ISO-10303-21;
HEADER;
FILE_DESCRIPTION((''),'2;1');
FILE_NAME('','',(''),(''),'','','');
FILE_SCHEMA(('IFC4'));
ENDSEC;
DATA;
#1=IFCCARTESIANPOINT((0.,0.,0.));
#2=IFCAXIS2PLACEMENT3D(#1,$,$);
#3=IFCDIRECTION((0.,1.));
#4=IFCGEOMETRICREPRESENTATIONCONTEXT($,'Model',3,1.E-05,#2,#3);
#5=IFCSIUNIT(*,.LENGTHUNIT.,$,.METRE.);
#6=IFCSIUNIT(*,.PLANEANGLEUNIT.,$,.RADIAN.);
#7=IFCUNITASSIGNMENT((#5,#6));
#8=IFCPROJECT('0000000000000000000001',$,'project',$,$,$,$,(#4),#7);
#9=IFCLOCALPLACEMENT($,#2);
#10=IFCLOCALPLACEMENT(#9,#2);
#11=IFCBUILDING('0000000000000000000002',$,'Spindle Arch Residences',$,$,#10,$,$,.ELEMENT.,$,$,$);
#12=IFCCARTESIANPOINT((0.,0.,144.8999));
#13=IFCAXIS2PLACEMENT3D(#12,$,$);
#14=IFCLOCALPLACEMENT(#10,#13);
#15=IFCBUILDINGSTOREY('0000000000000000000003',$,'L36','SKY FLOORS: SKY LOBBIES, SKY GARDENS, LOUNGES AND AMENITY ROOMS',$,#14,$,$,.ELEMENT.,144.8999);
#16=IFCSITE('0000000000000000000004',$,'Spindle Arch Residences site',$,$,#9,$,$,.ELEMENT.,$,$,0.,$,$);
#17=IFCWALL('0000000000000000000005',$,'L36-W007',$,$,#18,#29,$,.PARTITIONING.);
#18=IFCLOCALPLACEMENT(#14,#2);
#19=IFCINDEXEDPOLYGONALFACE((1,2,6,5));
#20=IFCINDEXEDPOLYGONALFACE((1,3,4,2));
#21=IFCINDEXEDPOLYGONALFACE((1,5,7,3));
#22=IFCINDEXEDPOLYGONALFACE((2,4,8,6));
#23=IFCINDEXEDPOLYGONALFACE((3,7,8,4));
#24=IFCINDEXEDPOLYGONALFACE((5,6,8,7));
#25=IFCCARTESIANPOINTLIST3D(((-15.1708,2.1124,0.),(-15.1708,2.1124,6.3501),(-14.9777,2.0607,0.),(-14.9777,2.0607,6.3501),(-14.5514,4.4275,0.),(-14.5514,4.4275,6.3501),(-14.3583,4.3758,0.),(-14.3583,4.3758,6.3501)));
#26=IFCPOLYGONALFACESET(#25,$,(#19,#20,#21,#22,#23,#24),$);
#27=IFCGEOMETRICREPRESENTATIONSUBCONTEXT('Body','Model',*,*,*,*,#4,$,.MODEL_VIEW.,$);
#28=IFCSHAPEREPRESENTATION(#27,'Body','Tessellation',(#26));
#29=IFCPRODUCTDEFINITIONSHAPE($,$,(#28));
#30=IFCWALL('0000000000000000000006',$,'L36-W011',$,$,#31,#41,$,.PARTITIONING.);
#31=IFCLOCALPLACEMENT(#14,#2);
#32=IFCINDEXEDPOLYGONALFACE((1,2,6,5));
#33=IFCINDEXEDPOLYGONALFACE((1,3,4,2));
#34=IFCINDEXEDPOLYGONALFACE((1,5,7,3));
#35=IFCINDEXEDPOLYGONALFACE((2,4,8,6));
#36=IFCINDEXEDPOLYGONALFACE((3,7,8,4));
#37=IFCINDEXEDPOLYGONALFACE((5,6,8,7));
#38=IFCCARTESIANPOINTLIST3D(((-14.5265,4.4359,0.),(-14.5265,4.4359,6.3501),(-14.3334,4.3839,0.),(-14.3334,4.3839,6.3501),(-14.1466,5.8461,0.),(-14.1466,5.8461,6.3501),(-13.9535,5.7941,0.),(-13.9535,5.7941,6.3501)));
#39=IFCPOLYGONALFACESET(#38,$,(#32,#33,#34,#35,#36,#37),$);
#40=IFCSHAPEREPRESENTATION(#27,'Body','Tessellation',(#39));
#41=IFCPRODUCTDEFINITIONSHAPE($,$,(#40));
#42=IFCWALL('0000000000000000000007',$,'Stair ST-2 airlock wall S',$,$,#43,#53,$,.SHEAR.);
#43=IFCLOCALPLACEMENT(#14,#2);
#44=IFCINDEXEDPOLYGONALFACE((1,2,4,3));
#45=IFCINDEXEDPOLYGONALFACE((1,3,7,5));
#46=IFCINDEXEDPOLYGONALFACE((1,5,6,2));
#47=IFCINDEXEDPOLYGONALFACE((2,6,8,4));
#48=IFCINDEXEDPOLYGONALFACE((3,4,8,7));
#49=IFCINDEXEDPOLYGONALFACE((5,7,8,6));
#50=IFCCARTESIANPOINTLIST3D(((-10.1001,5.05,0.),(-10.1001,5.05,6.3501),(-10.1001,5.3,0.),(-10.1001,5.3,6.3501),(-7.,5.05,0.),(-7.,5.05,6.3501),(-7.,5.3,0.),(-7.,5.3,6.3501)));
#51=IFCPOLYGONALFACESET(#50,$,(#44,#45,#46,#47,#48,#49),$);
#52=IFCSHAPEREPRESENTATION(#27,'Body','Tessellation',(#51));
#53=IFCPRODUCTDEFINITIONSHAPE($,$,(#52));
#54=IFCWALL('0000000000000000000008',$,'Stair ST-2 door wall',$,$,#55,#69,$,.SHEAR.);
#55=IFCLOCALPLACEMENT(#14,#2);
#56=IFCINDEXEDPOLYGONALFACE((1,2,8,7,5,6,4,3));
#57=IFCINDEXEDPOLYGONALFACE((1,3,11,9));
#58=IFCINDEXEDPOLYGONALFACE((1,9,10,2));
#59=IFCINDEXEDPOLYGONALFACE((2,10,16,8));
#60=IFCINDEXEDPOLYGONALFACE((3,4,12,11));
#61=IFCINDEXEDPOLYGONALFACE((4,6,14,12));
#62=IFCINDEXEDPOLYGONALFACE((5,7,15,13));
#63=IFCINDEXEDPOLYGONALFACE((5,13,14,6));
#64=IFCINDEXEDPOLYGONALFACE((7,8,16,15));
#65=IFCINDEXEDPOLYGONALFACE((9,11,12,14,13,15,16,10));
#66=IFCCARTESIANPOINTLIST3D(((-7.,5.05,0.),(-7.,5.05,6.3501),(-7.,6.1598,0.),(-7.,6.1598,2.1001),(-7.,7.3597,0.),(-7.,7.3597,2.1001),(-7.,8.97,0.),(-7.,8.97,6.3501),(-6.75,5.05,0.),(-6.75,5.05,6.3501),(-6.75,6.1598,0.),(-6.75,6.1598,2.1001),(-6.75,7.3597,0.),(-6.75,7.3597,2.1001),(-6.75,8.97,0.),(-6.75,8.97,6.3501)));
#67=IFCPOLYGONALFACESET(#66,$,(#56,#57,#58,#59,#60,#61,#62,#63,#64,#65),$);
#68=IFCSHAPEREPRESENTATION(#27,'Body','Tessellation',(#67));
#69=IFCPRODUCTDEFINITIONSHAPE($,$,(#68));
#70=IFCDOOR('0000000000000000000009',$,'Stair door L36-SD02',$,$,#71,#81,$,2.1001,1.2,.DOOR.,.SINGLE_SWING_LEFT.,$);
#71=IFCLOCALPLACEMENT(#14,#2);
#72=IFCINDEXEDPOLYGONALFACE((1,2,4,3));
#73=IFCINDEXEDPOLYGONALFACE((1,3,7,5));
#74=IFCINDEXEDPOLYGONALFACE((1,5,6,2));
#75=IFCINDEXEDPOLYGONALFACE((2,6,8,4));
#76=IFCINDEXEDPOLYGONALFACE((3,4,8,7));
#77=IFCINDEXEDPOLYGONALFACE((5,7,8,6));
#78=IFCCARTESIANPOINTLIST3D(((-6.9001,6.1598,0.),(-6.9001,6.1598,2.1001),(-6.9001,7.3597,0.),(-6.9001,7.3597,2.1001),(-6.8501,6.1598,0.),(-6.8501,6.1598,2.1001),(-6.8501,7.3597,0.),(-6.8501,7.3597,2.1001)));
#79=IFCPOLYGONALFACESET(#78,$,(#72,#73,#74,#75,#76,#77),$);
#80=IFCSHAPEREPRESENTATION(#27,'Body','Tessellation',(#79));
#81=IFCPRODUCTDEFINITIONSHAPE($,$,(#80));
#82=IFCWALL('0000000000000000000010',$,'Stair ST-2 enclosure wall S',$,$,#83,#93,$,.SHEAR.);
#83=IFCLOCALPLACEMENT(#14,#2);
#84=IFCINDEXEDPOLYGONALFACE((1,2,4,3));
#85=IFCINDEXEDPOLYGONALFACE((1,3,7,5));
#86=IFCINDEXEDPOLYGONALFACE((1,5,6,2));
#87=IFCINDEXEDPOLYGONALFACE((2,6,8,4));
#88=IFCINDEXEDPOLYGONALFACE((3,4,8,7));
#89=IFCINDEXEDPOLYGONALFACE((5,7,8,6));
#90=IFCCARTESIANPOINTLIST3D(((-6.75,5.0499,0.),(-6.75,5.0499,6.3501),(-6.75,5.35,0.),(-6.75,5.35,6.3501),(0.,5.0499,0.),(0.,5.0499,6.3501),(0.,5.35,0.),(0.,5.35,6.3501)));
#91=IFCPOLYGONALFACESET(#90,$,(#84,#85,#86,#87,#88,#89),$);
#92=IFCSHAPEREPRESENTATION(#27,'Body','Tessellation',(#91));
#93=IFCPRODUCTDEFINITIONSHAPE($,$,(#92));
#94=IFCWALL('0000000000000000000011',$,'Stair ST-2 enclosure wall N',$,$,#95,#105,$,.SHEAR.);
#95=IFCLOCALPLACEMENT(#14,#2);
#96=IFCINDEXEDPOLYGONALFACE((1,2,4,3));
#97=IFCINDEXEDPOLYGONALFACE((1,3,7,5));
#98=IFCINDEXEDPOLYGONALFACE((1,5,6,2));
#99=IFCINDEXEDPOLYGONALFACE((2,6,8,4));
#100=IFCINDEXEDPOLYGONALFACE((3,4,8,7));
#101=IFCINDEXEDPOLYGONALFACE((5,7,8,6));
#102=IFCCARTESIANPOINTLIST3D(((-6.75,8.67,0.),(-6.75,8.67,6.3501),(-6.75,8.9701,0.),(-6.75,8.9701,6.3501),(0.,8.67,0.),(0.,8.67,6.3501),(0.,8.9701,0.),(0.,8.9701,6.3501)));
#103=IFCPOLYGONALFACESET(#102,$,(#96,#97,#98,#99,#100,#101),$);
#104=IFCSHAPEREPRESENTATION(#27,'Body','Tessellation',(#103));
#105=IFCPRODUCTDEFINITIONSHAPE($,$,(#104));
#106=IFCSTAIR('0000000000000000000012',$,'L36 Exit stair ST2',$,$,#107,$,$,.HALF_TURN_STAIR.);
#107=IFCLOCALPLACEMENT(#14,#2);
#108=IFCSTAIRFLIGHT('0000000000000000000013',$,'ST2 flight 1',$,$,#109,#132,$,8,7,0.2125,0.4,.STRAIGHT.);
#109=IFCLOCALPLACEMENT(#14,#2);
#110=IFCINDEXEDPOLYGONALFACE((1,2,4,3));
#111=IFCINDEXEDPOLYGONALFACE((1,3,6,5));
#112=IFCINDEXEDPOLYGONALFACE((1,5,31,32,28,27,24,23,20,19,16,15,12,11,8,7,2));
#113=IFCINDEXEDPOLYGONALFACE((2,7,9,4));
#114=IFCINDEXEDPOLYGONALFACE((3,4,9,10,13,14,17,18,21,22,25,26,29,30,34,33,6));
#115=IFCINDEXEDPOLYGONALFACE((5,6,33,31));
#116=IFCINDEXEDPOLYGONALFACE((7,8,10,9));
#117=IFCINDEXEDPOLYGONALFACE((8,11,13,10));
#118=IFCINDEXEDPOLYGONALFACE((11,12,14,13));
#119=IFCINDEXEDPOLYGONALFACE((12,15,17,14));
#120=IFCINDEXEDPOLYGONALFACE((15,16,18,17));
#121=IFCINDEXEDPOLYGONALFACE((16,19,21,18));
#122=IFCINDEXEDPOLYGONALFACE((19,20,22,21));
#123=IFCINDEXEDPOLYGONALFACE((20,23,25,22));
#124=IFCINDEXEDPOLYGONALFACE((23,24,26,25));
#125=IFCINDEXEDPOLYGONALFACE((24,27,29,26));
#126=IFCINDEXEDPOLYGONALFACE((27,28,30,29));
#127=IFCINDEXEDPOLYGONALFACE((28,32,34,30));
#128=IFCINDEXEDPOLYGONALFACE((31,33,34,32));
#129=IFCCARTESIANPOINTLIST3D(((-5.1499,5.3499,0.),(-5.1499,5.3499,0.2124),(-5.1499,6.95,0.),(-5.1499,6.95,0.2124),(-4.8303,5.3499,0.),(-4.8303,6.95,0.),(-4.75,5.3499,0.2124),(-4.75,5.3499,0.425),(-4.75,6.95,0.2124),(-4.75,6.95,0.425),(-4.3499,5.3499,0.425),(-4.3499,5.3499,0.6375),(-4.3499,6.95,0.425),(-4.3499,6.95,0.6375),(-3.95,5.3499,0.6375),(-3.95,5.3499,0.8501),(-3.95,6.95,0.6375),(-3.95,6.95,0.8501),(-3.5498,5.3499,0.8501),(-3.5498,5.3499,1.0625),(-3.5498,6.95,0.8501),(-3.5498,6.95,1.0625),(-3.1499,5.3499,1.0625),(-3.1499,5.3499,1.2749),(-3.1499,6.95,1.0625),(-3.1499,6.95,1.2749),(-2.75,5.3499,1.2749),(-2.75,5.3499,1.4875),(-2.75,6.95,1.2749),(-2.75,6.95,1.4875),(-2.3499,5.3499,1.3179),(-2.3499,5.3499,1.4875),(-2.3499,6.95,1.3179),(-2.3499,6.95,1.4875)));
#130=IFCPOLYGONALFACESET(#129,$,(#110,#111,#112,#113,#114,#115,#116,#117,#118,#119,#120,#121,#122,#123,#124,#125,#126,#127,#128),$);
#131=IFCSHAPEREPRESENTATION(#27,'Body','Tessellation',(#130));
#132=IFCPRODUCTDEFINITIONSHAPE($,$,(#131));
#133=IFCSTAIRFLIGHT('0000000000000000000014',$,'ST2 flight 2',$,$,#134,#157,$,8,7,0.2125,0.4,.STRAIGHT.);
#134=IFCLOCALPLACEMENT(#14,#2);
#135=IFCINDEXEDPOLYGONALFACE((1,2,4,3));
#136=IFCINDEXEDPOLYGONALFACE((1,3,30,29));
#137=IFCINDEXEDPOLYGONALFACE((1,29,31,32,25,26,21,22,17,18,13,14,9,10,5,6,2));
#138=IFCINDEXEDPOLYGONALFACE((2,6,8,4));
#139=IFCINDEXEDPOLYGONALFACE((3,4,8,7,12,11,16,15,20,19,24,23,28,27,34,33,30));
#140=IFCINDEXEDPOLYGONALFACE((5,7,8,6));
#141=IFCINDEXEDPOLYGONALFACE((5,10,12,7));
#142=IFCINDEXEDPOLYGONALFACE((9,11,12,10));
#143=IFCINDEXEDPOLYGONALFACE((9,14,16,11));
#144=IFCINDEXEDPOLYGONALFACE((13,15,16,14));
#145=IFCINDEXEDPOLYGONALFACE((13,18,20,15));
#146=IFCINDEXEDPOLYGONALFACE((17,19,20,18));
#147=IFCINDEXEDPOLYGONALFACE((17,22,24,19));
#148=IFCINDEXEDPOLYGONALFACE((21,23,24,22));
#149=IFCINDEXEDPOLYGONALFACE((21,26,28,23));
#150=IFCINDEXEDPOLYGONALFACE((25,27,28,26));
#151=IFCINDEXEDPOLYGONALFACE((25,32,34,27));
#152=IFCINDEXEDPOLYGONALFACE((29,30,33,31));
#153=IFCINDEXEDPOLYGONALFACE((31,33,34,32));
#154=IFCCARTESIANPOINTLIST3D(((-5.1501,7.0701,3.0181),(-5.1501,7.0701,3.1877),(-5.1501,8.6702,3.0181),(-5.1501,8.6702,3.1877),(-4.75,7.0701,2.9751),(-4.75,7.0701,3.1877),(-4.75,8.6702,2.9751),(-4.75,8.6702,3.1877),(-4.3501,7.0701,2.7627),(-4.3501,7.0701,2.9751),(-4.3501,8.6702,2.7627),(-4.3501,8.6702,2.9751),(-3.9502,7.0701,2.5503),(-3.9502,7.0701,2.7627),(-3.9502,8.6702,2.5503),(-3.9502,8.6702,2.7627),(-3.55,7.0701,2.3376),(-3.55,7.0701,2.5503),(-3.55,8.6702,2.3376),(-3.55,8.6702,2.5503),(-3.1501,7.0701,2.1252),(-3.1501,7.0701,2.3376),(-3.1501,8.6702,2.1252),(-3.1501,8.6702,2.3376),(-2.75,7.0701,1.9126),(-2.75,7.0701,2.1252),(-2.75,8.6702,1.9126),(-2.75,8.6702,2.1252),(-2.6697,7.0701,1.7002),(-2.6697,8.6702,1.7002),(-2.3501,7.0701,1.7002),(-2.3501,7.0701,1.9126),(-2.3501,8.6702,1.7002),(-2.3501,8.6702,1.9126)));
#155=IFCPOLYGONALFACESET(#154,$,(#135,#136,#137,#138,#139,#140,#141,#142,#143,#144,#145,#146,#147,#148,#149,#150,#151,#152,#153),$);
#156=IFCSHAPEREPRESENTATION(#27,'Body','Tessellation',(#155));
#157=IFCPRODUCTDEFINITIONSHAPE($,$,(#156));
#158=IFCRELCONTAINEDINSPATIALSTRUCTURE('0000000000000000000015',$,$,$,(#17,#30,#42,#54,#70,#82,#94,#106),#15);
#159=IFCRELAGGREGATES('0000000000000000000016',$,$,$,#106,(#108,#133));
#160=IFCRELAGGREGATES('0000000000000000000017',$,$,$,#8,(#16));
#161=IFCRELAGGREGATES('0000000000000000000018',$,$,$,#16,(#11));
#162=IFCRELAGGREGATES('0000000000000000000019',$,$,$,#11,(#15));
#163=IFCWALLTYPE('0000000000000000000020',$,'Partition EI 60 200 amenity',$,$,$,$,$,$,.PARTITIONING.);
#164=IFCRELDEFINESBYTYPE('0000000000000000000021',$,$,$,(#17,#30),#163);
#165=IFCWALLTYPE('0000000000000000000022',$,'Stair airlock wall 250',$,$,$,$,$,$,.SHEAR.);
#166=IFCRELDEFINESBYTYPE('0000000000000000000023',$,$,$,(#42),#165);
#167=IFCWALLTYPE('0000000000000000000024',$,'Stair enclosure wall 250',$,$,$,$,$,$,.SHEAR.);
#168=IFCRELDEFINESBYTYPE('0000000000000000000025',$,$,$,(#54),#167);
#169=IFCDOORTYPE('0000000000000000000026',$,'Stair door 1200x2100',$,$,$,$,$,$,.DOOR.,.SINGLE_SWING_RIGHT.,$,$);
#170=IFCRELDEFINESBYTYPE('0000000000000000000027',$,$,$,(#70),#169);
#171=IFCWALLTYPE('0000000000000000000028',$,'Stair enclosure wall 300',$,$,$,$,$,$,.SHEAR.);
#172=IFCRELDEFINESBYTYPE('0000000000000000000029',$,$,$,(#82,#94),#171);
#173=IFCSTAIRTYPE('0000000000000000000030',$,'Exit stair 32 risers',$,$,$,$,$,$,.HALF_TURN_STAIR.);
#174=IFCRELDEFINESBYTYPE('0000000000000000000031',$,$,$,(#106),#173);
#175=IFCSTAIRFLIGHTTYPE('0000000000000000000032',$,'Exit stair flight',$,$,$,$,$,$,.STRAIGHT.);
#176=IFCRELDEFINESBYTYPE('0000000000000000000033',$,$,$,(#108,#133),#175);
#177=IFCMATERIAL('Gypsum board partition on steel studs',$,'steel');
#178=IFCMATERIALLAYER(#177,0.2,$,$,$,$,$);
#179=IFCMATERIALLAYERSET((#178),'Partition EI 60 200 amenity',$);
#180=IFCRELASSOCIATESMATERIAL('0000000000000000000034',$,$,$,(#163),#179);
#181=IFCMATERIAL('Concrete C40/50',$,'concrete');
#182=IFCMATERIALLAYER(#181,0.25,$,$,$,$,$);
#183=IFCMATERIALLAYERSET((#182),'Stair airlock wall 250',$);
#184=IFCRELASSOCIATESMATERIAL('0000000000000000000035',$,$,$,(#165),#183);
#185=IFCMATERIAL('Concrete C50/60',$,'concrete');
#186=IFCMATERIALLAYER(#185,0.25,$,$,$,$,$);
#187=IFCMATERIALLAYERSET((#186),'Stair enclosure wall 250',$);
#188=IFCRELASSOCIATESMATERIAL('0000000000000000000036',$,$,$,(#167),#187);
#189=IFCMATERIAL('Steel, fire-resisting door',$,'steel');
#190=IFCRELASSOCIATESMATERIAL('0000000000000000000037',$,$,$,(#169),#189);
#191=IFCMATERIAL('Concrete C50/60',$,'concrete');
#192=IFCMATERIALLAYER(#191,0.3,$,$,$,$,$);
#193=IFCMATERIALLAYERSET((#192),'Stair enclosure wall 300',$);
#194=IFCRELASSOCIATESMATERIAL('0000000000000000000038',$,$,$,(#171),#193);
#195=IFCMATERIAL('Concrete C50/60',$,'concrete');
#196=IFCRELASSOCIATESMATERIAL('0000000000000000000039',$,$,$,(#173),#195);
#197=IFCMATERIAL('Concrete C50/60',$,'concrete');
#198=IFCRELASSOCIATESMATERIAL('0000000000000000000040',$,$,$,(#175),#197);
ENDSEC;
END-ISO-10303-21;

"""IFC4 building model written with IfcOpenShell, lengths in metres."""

from ifc_helpers import new_model, si_unit, direction, frame, frame_2d, origin, place, context, subcontext, project, spatial, polyline, rectangle, outline, extrude, material, layer, layer_set, type_object, element, fill, aggregate, save


model = new_model("IFC4")

# Units and contexts
model_context = context("Model", 3, precision=1e-05, world=origin(), true_north=direction((0.0, 1.0)))
body_context = subcontext(model_context, "Body", "Model", "MODEL_VIEW")
ifc_project = project(units=[si_unit("LENGTHUNIT", "METRE"), si_unit("PLANEANGLEUNIT", "RADIAN")], contexts=[model_context])

# Site, building, storey
site_placement = place(None, origin())
site = spatial("IfcSite", under=ifc_project, at=site_placement, Name="Spindle Arch Residences site", CompositionType="ELEMENT", RefElevation=0.0)
building_placement = place(site_placement, origin())
building = spatial("IfcBuilding", under=site, at=building_placement, Name="Spindle Arch Residences", CompositionType="ELEMENT")
storey_placement = place(building_placement, frame((0.0, 0.0, 144.8999)))
storey = spatial("IfcBuildingStorey", under=building, at=storey_placement, Name="L36", Description="SKY FLOORS: SKY LOBBIES, SKY GARDENS, LOUNGES AND AMENITY ROOMS", CompositionType="ELEMENT", Elevation=144.8999)

# Shared definitions
ifc_material_1 = material(Name="Gypsum board partition on steel studs", Category="steel")
ifc_layer_1 = layer(ifc_material_1, 0.2)
ifc_layer_set_1 = layer_set([ifc_layer_1], Name="Partition EI 60 200 amenity")
wall_type_1 = type_object("IfcWallType", Name="Partition EI 60 200 amenity", PredefinedType="PARTITIONING", material=ifc_layer_set_1)

# Walls
wall_1_placement = place(storey_placement, frame((-14.4548, 4.4016, 0.0), z_axis=(0.0, 0.0, 1.0), x_axis=(-0.258468, -0.96602, 0.0)))
element("IfcWall", 1, at=wall_1_placement, inside=storey, type_object=wall_type_1, Name="L36-W007", PredefinedType="PARTITIONING", context=body_context, shape_type="SweptSolid", body=[
    extrude(rectangle(XDim=2.3965, YDim=0.2, at=frame_2d((1.1982, 0.0))), origin(), (0.0, 0.0, 1.0), 6.3501),
])
wall_2_placement = place(storey_placement, frame((-14.05, 5.8201, 0.0), z_axis=(0.0, 0.0, 1.0), x_axis=(-0.260117, -0.965577, 0.0)))
element("IfcWall", 2, at=wall_2_placement, inside=storey, type_object=wall_type_1, Name="L36-W011", PredefinedType="PARTITIONING", context=body_context, shape_type="SweptSolid", body=[
    extrude(rectangle(XDim=1.4604, YDim=0.2, at=frame_2d((0.7302, 0.0))), origin(), (0.0, 0.0, 1.0), 6.3501),
])
ifc_material_2 = material(Name="Concrete C40/50", Category="concrete")
ifc_layer_2 = layer(ifc_material_2, 0.25)
ifc_layer_set_2 = layer_set([ifc_layer_2], Name="Stair airlock wall 250")
wall_type_2 = type_object("IfcWallType", Name="Stair airlock wall 250", PredefinedType="SHEAR", material=ifc_layer_set_2)
wall_3_placement = place(storey_placement, frame((-7.0, 5.175, 0.0), z_axis=(0.0, 0.0, 1.0), x_axis=(-1.0, 0.0, 0.0)))
element("IfcWall", 3, at=wall_3_placement, inside=storey, type_object=wall_type_2, Name="Stair ST-2 airlock wall S", PredefinedType="SHEAR", context=body_context, shape_type="SweptSolid", body=[
    extrude(rectangle(XDim=3.1001, YDim=0.25, at=frame_2d((1.55, 0.0))), origin(), (0.0, 0.0, 1.0), 6.3501),
])

# Wall, opening, door
ifc_material_3 = material(Name="Concrete C50/60", Category="concrete")
ifc_layer_3 = layer(ifc_material_3, 0.25)
ifc_layer_set_3 = layer_set([ifc_layer_3], Name="Stair enclosure wall 250")
wall_type_3 = type_object("IfcWallType", Name="Stair enclosure wall 250", PredefinedType="SHEAR", material=ifc_layer_set_3)
wall_4_placement = place(storey_placement, frame((-6.875, 8.97, 0.0), z_axis=(0.0, 0.0, 1.0), x_axis=(0.0, -1.0, 0.0)))
wall_4 = element("IfcWall", 4, at=wall_4_placement, inside=storey, type_object=wall_type_3, Name="Stair ST-2 door wall", PredefinedType="SHEAR", context=body_context, shape_type="SweptSolid", body=[
    extrude(rectangle(XDim=3.9199, YDim=0.25, at=frame_2d((1.96, 0.0))), origin(), (0.0, 0.0, 1.0), 6.3501),
])
opening_1_placement = place(wall_4_placement, frame((1.6101, 0.0, 0.0)))
opening_1 = element("IfcOpeningElement", 5, at=opening_1_placement, cuts=wall_4, PredefinedType="OPENING", context=body_context, shape_type="SweptSolid", body=[
    extrude(rectangle(XDim=1.2, YDim=2.1001, at=frame_2d((0.6001, 1.05))), frame((0.0, 0.135, 0.0), z_axis=(0.0, -1.0, 0.0), x_axis=(1.0, 0.0, 0.0)), (0.0, 0.0, 1.0), 0.27),
])
ifc_material_4 = material(Name="Steel, fire-resisting door", Category="steel")
door_type_1 = type_object("IfcDoorType", Name="Stair door 1200x2100", OperationType="SINGLE_SWING_RIGHT", PredefinedType="DOOR", material=ifc_material_4)
door_1_placement = place(opening_1_placement, origin())
door_1 = element("IfcDoor", 6, at=door_1_placement, inside=storey, type_object=door_type_1, Name="Stair door L36-SD02", OperationType="SINGLE_SWING_LEFT", OverallHeight=2.1001, OverallWidth=1.2, PredefinedType="DOOR", context=body_context, shape_type="SweptSolid", body=[
    extrude(rectangle(XDim=1.2, YDim=2.1001, at=frame_2d((0.6001, 1.05))), frame((0.0, 0.0249, 0.0), z_axis=(0.0, -1.0, 0.0), x_axis=(1.0, 0.0, 0.0)), (0.0, 0.0, 1.0), 0.05),
])
fill(opening_1, door_1)

# Walls
ifc_material_5 = material(Name="Concrete C50/60", Category="concrete")
ifc_layer_4 = layer(ifc_material_5, 0.3)
ifc_layer_set_4 = layer_set([ifc_layer_4], Name="Stair enclosure wall 300")
wall_type_4 = type_object("IfcWallType", Name="Stair enclosure wall 300", PredefinedType="SHEAR", material=ifc_layer_set_4)
for number, where, z_axis, x_axis, name in (
    (7, (-6.75, 5.2, 0.0), (0.0, 0.0, 1.0), (1.0, 0.0, 0.0), "Stair ST-2 enclosure wall S"),
    (8, (-6.75, 8.8201, 0.0), (0.0, 0.0, 1.0), (1.0, 0.0, 0.0), "Stair ST-2 enclosure wall N"),
):
    element("IfcWall", number, at=place(storey_placement, frame(where, z_axis=z_axis, x_axis=x_axis)), inside=storey, type_object=wall_type_4, Name=name, PredefinedType="SHEAR", context=body_context, shape_type="SweptSolid", body=[
        extrude(rectangle(XDim=6.75, YDim=0.3, at=frame_2d((3.375, 0.0))), origin(), (0.0, 0.0, 1.0), 6.3501),
    ])

# Stair, stair flights
ifc_material_6 = material(Name="Concrete C50/60", Category="concrete")
stair_type = type_object("IfcStairType", Name="Exit stair 32 risers", PredefinedType="HALF_TURN_STAIR", material=ifc_material_6)
stair_placement = place(storey_placement, origin())
stair = element("IfcStair", 9, at=stair_placement, inside=storey, type_object=stair_type, Name="L36 Exit stair ST2", PredefinedType="HALF_TURN_STAIR")
ifc_material_7 = material(Name="Concrete C50/60", Category="concrete")
stair_flight_type = type_object("IfcStairFlightType", Name="Exit stair flight", PredefinedType="STRAIGHT", material=ifc_material_7)
stair_flight_1_placement = place(storey_placement, frame((-5.1499, 6.1499, 0.0), z_axis=(0.0, 0.0, 1.0), x_axis=(1.0, 0.0, 0.0)))
stair_flight_1 = element("IfcStairFlight", 10, at=stair_flight_1_placement, type_object=stair_flight_type, Name="ST2 flight 1", NumberOfRisers=8, NumberOfTreads=7, PredefinedType="STRAIGHT", RiserHeight=0.2125, TreadLength=0.4, context=body_context, shape_type="SweptSolid", body=[
    extrude(outline(polyline([(0.0, 0.0), (0.0, 0.2124), (0.3999, 0.2124), (0.3999, 0.425), (0.8, 0.425), (0.8, 0.6375), (1.2, 0.6375), (1.2, 0.8501), (1.6001, 0.8501), (1.6001, 1.0625), (2.0, 1.0625), (2.0, 1.2749), (2.3999, 1.2749), (2.3999, 1.4875), (2.8, 1.4875), (2.8, 1.7), (2.8, 1.3179), (0.3196, 0.0), (0.0, 0.0)])), frame((0.0, 0.8, 0.0), z_axis=(0.0, -1.0, 0.0), x_axis=(1.0, 0.0, 0.0)), (0.0, 0.0, 1.0), 1.6001),
])
stair_flight_2_placement = place(storey_placement, frame((-2.3501, 7.8701, 1.7002), z_axis=(0.0, 0.0, 1.0), x_axis=(-1.0, 0.0, 0.0)))
stair_flight_2 = element("IfcStairFlight", 11, at=stair_flight_2_placement, type_object=stair_flight_type, Name="ST2 flight 2", NumberOfRisers=8, NumberOfTreads=7, PredefinedType="STRAIGHT", RiserHeight=0.2125, TreadLength=0.4, context=body_context, shape_type="SweptSolid", body=[
    extrude(outline(polyline([(0.0, 0.0), (0.0, 0.2124), (0.3999, 0.2124), (0.3999, 0.425), (0.8, 0.425), (0.8, 0.6375), (1.2, 0.6375), (1.2, 0.8501), (1.6001, 0.8501), (1.6001, 1.0625), (2.0, 1.0625), (2.0, 1.2749), (2.3999, 1.2749), (2.3999, 1.4875), (2.8, 1.4875), (2.8, 1.7), (2.8, 1.3179), (0.3196, 0.0), (0.0, 0.0)])), frame((0.0, 0.8, 0.0), z_axis=(0.0, -1.0, 0.0), x_axis=(1.0, 0.0, 0.0)), (0.0, 0.0, 1.0), 1.6001),
])
aggregate(stair, [stair_flight_1, stair_flight_2])

save(model, "model.ifc")
